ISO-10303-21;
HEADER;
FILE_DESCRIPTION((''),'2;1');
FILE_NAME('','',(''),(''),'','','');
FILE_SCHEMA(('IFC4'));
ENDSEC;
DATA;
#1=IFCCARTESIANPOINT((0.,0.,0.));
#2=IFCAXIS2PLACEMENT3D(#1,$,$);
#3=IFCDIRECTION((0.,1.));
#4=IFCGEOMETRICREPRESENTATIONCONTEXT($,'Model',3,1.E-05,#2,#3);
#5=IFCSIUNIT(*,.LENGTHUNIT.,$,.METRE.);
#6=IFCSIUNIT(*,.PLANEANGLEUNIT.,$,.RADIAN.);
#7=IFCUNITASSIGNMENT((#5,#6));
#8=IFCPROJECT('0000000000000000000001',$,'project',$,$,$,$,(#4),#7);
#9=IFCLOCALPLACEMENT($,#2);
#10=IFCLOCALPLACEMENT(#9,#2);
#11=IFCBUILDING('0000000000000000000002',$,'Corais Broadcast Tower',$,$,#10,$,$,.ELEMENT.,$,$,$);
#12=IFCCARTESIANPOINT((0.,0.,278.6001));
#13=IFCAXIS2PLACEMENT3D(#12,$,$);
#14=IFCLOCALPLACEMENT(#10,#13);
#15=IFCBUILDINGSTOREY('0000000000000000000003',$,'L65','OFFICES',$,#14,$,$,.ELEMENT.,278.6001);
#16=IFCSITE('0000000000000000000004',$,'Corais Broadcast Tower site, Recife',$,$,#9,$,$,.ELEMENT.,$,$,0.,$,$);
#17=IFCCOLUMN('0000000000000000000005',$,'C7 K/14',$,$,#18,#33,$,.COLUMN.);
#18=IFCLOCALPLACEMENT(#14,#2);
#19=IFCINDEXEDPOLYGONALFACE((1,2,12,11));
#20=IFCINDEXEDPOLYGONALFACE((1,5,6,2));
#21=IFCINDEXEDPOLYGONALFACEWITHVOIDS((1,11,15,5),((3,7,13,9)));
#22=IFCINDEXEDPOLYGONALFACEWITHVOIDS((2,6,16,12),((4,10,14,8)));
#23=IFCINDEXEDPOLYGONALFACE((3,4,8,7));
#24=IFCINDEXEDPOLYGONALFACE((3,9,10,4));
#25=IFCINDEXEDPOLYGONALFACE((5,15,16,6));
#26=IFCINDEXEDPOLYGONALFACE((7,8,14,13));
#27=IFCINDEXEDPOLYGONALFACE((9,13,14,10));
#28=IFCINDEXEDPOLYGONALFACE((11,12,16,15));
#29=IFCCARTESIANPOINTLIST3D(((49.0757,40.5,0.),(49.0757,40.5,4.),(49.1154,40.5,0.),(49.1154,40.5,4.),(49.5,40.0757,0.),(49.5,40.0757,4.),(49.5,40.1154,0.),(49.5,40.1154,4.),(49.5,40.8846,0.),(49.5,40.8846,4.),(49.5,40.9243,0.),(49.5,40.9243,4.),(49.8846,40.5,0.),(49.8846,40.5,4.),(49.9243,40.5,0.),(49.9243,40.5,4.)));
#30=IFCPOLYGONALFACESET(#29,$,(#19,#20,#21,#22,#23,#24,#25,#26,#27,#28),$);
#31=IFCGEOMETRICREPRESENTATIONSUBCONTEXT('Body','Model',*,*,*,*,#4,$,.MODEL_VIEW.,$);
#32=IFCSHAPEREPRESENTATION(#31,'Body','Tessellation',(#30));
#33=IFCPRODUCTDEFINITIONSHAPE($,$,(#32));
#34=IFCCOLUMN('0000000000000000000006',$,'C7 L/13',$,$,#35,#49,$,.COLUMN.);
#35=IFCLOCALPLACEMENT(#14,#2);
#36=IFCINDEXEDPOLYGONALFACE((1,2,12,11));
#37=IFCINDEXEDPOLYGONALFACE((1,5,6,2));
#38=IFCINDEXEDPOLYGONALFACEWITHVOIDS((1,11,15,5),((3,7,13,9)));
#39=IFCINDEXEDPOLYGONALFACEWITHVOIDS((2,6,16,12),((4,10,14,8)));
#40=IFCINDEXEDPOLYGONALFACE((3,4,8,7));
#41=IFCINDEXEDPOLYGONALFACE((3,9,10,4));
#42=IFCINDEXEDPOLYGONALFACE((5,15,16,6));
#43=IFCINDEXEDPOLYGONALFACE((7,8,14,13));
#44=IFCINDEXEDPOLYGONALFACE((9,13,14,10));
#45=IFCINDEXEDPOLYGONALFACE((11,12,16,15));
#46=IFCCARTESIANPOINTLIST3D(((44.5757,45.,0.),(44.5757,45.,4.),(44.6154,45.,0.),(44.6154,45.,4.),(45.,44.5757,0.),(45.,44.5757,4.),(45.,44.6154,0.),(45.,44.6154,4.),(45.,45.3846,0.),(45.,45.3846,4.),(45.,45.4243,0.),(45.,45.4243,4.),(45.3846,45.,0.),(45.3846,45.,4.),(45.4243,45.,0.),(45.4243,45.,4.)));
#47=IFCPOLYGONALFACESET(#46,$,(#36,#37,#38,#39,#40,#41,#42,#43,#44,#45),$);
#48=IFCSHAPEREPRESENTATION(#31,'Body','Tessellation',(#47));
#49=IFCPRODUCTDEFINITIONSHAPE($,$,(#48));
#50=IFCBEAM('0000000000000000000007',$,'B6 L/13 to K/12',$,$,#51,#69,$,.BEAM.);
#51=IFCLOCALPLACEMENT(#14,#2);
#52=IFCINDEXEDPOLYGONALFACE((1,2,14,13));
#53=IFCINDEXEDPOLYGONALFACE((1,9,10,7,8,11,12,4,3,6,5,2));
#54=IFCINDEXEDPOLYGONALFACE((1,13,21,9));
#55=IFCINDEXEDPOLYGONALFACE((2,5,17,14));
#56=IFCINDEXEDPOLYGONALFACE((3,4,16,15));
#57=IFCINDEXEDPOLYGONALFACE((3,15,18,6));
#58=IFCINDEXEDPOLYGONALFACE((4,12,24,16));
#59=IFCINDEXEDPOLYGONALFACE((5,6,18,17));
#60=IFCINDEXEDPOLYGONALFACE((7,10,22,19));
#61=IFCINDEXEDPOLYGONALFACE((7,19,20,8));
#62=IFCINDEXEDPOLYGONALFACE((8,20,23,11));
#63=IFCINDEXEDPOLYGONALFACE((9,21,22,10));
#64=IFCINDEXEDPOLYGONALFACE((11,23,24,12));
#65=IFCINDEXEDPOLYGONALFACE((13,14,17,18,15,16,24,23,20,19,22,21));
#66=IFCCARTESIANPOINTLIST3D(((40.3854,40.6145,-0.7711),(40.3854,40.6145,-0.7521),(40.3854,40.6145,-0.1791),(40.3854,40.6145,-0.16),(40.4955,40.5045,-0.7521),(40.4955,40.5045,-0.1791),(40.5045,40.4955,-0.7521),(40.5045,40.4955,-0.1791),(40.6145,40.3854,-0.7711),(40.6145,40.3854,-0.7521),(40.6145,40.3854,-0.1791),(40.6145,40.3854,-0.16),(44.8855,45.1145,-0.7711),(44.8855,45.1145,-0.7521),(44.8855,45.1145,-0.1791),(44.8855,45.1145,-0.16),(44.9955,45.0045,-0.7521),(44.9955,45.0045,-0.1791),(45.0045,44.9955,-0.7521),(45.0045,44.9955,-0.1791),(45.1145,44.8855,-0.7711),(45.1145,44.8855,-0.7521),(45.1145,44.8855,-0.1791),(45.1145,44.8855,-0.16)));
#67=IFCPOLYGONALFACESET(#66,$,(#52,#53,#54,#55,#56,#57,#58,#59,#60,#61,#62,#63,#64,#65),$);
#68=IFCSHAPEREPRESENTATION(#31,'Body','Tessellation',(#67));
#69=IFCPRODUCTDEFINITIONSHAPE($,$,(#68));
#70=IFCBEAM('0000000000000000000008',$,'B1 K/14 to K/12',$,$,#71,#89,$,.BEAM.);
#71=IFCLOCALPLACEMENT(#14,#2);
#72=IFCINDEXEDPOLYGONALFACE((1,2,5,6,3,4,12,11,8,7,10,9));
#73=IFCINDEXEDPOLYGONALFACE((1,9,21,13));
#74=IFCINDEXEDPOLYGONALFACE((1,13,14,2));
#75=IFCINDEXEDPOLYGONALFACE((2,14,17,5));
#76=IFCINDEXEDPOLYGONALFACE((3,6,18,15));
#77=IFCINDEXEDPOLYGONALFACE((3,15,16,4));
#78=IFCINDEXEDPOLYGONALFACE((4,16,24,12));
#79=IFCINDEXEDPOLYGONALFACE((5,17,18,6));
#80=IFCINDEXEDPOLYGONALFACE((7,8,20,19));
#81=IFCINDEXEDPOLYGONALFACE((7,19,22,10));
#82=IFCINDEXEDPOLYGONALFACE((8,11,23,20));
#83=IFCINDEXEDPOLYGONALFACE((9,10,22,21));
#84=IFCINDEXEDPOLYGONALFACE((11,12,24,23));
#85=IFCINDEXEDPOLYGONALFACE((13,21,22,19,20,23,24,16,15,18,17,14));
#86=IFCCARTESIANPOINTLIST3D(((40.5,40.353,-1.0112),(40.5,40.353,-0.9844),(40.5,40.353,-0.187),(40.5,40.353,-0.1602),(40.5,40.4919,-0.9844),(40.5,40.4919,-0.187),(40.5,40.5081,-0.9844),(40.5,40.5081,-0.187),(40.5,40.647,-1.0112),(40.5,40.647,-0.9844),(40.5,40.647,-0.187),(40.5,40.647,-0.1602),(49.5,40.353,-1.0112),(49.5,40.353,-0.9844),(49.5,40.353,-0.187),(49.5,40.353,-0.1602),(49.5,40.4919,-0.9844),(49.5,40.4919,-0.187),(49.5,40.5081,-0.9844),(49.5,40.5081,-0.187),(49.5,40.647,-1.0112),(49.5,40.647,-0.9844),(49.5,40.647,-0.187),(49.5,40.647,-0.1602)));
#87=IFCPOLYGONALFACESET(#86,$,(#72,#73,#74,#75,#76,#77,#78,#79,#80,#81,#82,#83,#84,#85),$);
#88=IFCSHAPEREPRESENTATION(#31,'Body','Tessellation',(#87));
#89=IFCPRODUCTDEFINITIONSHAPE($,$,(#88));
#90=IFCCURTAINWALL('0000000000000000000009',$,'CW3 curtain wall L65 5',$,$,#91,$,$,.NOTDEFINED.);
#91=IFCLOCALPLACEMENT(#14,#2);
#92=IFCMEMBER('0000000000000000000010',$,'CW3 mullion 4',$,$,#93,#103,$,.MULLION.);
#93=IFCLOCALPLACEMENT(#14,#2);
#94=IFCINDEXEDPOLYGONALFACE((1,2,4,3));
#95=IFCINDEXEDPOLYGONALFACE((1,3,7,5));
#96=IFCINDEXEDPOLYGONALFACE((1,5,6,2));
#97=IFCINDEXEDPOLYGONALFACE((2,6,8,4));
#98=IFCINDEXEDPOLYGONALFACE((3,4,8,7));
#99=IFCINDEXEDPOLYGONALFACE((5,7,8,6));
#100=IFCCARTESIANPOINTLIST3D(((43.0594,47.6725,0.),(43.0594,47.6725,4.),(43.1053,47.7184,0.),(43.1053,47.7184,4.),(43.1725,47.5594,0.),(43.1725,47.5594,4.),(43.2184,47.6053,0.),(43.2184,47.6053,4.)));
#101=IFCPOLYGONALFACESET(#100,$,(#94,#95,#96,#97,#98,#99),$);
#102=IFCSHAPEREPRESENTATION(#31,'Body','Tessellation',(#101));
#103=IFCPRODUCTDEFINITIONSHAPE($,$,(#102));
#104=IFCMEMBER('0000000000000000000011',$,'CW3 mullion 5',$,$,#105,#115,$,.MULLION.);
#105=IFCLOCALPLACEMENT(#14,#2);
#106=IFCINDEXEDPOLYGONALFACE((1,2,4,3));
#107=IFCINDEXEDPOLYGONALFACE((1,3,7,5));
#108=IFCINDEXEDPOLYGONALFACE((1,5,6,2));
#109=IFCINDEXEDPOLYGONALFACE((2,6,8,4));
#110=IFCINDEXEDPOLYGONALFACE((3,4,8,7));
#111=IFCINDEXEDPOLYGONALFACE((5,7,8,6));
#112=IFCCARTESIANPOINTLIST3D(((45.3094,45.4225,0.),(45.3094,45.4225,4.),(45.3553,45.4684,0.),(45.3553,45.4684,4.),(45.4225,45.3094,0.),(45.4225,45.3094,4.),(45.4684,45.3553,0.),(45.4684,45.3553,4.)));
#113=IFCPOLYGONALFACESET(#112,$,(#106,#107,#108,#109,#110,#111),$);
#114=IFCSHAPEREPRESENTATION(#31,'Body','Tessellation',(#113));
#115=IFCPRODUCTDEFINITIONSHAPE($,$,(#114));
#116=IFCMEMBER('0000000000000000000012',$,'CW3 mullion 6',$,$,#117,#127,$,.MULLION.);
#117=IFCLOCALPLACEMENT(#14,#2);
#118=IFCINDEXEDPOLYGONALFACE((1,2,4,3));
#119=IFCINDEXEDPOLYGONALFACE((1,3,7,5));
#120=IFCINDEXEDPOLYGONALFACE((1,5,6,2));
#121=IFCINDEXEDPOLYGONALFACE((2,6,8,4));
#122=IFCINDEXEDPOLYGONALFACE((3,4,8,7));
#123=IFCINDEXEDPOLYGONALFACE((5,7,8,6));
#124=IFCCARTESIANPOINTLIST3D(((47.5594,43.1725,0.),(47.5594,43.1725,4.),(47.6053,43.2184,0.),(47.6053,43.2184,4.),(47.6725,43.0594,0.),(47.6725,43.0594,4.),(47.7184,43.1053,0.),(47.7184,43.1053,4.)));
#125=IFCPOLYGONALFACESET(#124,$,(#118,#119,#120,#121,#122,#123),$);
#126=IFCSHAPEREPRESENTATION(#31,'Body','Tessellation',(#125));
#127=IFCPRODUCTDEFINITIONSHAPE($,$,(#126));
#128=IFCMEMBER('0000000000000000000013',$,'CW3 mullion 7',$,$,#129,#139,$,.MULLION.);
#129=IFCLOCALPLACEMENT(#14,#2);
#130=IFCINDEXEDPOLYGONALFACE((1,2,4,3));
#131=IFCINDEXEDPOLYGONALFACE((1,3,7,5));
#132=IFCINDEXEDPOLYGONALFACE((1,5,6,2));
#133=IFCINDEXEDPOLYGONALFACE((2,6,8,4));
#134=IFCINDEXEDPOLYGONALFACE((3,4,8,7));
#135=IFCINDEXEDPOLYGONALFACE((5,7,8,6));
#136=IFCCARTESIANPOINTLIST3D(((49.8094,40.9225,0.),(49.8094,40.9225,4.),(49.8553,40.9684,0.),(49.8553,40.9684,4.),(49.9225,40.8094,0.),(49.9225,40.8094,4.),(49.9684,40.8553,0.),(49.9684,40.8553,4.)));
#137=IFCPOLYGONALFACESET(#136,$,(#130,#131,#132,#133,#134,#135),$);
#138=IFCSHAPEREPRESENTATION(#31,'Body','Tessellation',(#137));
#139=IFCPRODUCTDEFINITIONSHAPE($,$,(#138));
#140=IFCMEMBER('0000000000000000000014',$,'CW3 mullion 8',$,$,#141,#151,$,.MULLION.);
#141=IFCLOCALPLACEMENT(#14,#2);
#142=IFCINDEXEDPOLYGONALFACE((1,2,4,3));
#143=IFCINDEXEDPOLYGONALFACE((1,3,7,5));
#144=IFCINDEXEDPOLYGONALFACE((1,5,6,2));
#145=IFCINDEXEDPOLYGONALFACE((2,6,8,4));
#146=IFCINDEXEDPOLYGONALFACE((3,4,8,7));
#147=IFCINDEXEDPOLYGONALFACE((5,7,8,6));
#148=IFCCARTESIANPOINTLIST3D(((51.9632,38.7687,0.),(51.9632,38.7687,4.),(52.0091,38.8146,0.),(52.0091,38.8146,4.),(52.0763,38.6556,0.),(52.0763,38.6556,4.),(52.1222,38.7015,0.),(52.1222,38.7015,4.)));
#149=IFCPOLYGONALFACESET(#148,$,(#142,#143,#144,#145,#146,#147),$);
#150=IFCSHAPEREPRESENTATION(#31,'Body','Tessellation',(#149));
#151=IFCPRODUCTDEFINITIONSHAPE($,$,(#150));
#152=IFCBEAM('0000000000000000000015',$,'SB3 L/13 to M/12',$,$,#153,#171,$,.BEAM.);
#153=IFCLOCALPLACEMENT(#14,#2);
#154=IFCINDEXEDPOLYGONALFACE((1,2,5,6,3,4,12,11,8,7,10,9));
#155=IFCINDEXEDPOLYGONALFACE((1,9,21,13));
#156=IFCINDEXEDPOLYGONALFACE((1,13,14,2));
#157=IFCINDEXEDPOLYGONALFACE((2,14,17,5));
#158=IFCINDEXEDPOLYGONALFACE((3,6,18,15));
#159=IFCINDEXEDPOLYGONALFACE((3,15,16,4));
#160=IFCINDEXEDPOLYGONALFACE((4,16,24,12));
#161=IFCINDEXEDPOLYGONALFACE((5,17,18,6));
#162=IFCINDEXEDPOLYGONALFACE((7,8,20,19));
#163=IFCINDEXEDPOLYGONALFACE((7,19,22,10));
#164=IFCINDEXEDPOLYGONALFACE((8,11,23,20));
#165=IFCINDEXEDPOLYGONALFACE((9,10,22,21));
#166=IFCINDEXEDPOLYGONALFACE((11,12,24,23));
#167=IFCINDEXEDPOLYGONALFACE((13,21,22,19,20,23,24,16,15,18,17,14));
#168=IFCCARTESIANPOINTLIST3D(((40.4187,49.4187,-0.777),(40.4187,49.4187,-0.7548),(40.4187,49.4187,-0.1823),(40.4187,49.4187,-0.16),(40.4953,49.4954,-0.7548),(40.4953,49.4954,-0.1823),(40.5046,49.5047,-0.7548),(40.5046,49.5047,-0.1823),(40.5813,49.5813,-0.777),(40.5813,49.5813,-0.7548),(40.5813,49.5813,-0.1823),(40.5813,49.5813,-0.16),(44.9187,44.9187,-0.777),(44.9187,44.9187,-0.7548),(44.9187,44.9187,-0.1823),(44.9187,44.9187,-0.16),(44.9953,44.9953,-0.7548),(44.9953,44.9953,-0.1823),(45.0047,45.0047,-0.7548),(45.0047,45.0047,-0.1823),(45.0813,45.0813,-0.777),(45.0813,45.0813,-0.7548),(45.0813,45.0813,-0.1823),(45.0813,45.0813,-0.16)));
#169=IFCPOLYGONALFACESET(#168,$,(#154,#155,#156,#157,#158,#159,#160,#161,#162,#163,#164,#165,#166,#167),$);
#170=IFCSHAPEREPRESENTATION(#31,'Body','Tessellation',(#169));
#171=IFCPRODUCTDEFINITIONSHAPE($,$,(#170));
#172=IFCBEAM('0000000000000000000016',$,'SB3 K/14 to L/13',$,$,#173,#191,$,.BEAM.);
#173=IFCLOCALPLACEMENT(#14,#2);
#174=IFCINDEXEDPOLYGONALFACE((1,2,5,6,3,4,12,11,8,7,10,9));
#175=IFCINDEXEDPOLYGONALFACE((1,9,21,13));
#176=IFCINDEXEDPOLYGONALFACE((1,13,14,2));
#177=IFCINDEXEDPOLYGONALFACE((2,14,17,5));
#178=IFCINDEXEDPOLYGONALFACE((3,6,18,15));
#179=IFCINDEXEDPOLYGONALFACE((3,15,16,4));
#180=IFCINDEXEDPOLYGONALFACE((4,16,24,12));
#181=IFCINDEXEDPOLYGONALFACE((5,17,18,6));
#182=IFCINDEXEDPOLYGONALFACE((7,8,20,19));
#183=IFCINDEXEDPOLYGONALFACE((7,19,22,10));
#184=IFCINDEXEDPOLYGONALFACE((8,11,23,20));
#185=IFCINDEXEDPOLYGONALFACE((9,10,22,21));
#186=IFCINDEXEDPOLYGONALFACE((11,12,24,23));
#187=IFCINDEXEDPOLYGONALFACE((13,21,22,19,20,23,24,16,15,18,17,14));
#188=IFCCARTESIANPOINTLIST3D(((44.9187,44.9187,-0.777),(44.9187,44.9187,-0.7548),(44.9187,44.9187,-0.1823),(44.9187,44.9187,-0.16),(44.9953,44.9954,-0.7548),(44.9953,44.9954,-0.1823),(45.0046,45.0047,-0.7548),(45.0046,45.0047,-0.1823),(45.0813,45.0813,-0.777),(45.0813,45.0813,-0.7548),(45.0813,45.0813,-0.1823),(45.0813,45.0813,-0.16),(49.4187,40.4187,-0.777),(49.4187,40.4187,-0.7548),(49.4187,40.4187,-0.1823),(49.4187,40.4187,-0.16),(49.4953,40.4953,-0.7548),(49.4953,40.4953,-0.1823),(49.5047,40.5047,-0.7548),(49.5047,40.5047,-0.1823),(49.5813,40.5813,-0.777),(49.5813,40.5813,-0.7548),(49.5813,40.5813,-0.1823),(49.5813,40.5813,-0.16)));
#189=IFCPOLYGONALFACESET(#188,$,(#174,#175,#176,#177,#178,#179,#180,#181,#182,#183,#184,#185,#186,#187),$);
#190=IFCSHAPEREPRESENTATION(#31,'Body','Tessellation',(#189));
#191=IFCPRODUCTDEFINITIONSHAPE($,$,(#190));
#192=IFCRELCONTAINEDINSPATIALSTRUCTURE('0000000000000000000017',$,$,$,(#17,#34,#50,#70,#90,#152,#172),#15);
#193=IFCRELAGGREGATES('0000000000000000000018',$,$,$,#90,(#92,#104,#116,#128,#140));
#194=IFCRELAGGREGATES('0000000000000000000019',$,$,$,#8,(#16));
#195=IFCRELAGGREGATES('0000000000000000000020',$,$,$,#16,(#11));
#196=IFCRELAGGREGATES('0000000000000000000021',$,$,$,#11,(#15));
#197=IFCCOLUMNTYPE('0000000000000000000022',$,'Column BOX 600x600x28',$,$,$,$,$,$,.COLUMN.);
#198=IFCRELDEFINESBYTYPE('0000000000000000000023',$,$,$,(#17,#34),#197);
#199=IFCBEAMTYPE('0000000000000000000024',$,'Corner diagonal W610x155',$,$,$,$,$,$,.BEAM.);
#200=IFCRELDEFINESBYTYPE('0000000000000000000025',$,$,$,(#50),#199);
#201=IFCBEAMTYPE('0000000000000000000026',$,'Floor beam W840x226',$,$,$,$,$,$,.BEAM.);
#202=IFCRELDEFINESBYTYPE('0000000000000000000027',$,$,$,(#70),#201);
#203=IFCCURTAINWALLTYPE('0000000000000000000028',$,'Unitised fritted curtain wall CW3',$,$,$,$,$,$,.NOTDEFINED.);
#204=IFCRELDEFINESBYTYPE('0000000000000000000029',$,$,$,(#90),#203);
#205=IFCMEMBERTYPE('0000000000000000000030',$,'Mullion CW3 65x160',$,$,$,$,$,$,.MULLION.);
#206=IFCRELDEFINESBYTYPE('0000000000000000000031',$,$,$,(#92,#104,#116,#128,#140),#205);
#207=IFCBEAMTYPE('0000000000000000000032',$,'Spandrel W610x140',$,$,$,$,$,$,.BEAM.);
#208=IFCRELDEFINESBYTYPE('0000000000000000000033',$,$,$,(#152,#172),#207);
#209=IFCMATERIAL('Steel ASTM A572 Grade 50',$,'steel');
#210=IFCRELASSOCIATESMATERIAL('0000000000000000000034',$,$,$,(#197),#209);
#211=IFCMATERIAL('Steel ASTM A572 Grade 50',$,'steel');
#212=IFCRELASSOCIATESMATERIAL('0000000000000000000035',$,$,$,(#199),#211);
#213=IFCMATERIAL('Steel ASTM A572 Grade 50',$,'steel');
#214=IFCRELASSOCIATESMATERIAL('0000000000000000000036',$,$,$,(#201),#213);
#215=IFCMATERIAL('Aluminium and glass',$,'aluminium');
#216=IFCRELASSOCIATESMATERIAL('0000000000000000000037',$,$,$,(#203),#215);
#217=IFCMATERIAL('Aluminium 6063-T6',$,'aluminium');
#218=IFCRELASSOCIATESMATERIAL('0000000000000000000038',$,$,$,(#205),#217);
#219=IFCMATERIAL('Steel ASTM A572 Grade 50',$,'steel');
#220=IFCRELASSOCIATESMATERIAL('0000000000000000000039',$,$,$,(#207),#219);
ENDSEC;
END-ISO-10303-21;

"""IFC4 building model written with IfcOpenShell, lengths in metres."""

from ifc_helpers import new_model, si_unit, direction, frame, origin, origin_2d, place, context, subcontext, project, spatial, rectangle, hollow_rectangle, i_section, extrude, material, material_profile, profile_set, type_object, element, aggregate, save


model = new_model("IFC4")

# Units and contexts
model_context = context("Model", 3, precision=1e-05, world=origin(), true_north=direction((0.0, 1.0)))
body_context = subcontext(model_context, "Body", "Model", "MODEL_VIEW")
ifc_project = project(units=[si_unit("LENGTHUNIT", "METRE"), si_unit("PLANEANGLEUNIT", "RADIAN")], contexts=[model_context])

# Site, building, storey
site_placement = place(None, origin())
site = spatial("IfcSite", under=ifc_project, at=site_placement, Name="Corais Broadcast Tower site, Recife", CompositionType="ELEMENT", RefElevation=0.0)
building_placement = place(site_placement, origin())
building = spatial("IfcBuilding", under=site, at=building_placement, Name="Corais Broadcast Tower", CompositionType="ELEMENT")
storey_placement = place(building_placement, frame((0.0, 0.0, 278.6001)))
storey = spatial("IfcBuildingStorey", under=building, at=storey_placement, Name="L65", Description="OFFICES", CompositionType="ELEMENT", Elevation=278.6001)

# Columns
ifc_material_1 = material(Name="Steel ASTM A572 Grade 50", Category="steel")
ifc_material_profile_1 = material_profile(ifc_material_1, hollow_rectangle(XDim=0.6001, YDim=0.6001, WallThickness=0.0281, at=origin_2d()), Name="BOX 600x600x28")
ifc_profile_set_1 = profile_set([ifc_material_profile_1], Name="Steel ASTM A572 Grade 50")
column_type = type_object("IfcColumnType", Name="Column BOX 600x600x28", PredefinedType="COLUMN", material=ifc_profile_set_1)
for number, where, z_axis, x_axis, name in (
    (1, (49.5, 40.5, 0.0), (0.0, 0.0, 1.0), (0.707107, 0.707107, 0.0), "C7 K/14"),
    (2, (45.0, 45.0, 0.0), (0.0, 0.0, 1.0), (0.707107, 0.707107, 0.0), "C7 L/13"),
):
    element("IfcColumn", number, at=place(storey_placement, frame(where, z_axis=z_axis, x_axis=x_axis)), inside=storey, type_object=column_type, Name=name, PredefinedType="COLUMN", context=body_context, shape_type="SweptSolid", body=[
        extrude(hollow_rectangle(XDim=0.6001, YDim=0.6001, WallThickness=0.0281, at=origin_2d()), origin(), (0.0, 0.0, 1.0), 4.0),
    ])

# Beams
ifc_material_2 = material(Name="Steel ASTM A572 Grade 50", Category="steel")
ifc_material_profile_2 = material_profile(ifc_material_2, i_section(OverallWidth=0.324, OverallDepth=0.6111, WebThickness=0.0127, FlangeThickness=0.019, at=origin_2d()), Name="W610x155")
ifc_profile_set_2 = profile_set([ifc_material_profile_2], Name="Steel ASTM A572 Grade 50")
beam_type_1 = type_object("IfcBeamType", Name="Corner diagonal W610x155", PredefinedType="BEAM", material=ifc_profile_set_2)
beam_1_placement = place(storey_placement, frame((45.0, 45.0, -0.4656), z_axis=(-0.707107, -0.707107, 0.0), x_axis=(0.707107, -0.707107, 0.0)))
element("IfcBeam", 3, at=beam_1_placement, inside=storey, type_object=beam_type_1, Name="B6 L/13 to K/12", PredefinedType="BEAM", context=body_context, shape_type="SweptSolid", body=[
    extrude(i_section(OverallWidth=0.324, OverallDepth=0.6111, WebThickness=0.0127, FlangeThickness=0.019, at=origin_2d()), origin(), (0.0, 0.0, 1.0), 6.364),
])
ifc_material_3 = material(Name="Steel ASTM A572 Grade 50", Category="steel")
ifc_material_profile_3 = material_profile(ifc_material_3, i_section(OverallWidth=0.2939, OverallDepth=0.8511, WebThickness=0.0161, FlangeThickness=0.0269, at=origin_2d()), Name="W840x226")
ifc_profile_set_3 = profile_set([ifc_material_profile_3], Name="Steel ASTM A572 Grade 50")
beam_type_2 = type_object("IfcBeamType", Name="Floor beam W840x226", PredefinedType="BEAM", material=ifc_profile_set_3)
beam_2_placement = place(storey_placement, frame((49.5, 40.5, -0.5857), z_axis=(-1.0, 0.0, 0.0), x_axis=(0.0, -1.0, 0.0)))
element("IfcBeam", 4, at=beam_2_placement, inside=storey, type_object=beam_type_2, Name="B1 K/14 to K/12", PredefinedType="BEAM", context=body_context, shape_type="SweptSolid", body=[
    extrude(i_section(OverallWidth=0.2939, OverallDepth=0.8511, WebThickness=0.0161, FlangeThickness=0.0269, at=origin_2d()), origin(), (0.0, 0.0, 1.0), 9.0),
])

# Curtain wall, members
ifc_material_4 = material(Name="Aluminium and glass", Category="aluminium")
curtain_wall_type = type_object("IfcCurtainWallType", Name="Unitised fritted curtain wall CW3", PredefinedType="NOTDEFINED", material=ifc_material_4)
curtain_wall_placement = place(storey_placement, origin())
curtain_wall = element("IfcCurtainWall", 5, at=curtain_wall_placement, inside=storey, type_object=curtain_wall_type, Name="CW3 curtain wall L65 5", PredefinedType="NOTDEFINED")
ifc_material_5 = material(Name="Aluminium 6063-T6", Category="aluminium")
ifc_material_profile_4 = material_profile(ifc_material_5, rectangle(XDim=0.0649, YDim=0.1599, at=origin_2d()), Name="Mullion CW3 65x160")
ifc_profile_set_4 = profile_set([ifc_material_profile_4], Name="Aluminium 6063-T6")
member_type_1 = type_object("IfcMemberType", Name="Mullion CW3 65x160", PredefinedType="MULLION", material=ifc_profile_set_4)
member_1_placement = place(storey_placement, frame((43.1389, 47.6389, 0.0), z_axis=(0.0, 0.0, 1.0), x_axis=(0.707107, 0.707107, 0.0)))
member_1 = element("IfcMember", 6, at=member_1_placement, type_object=member_type_1, Name="CW3 mullion 4", PredefinedType="MULLION", context=body_context, shape_type="SweptSolid", body=[
    extrude(rectangle(XDim=0.0649, YDim=0.1599, at=origin_2d()), origin(), (0.0, 0.0, 1.0), 4.0),
])
member_2_placement = place(storey_placement, frame((45.3889, 45.3889, 0.0), z_axis=(0.0, 0.0, 1.0), x_axis=(0.707107, 0.707107, 0.0)))
member_2 = element("IfcMember", 7, at=member_2_placement, type_object=member_type_1, Name="CW3 mullion 5", PredefinedType="MULLION", context=body_context, shape_type="SweptSolid", body=[
    extrude(rectangle(XDim=0.0649, YDim=0.1599, at=origin_2d()), origin(), (0.0, 0.0, 1.0), 4.0),
])
member_3_placement = place(storey_placement, frame((47.6389, 43.1389, 0.0), z_axis=(0.0, 0.0, 1.0), x_axis=(0.707107, 0.707107, 0.0)))
member_3 = element("IfcMember", 8, at=member_3_placement, type_object=member_type_1, Name="CW3 mullion 6", PredefinedType="MULLION", context=body_context, shape_type="SweptSolid", body=[
    extrude(rectangle(XDim=0.0649, YDim=0.1599, at=origin_2d()), origin(), (0.0, 0.0, 1.0), 4.0),
])
member_4_placement = place(storey_placement, frame((49.8889, 40.8889, 0.0), z_axis=(0.0, 0.0, 1.0), x_axis=(0.707107, 0.707107, 0.0)))
member_4 = element("IfcMember", 9, at=member_4_placement, type_object=member_type_1, Name="CW3 mullion 7", PredefinedType="MULLION", context=body_context, shape_type="SweptSolid", body=[
    extrude(rectangle(XDim=0.0649, YDim=0.1599, at=origin_2d()), origin(), (0.0, 0.0, 1.0), 4.0),
])
member_5_placement = place(storey_placement, frame((52.0427, 38.7351, 0.0), z_axis=(0.0, 0.0, 1.0), x_axis=(0.707107, 0.707107, 0.0)))
member_5 = element("IfcMember", 10, at=member_5_placement, type_object=member_type_1, Name="CW3 mullion 8", PredefinedType="MULLION", context=body_context, shape_type="SweptSolid", body=[
    extrude(rectangle(XDim=0.0649, YDim=0.1599, at=origin_2d()), origin(), (0.0, 0.0, 1.0), 4.0),
])

# Beams
ifc_material_6 = material(Name="Steel ASTM A572 Grade 50", Category="steel")
ifc_material_profile_5 = material_profile(ifc_material_6, i_section(OverallWidth=0.23, OverallDepth=0.6169, WebThickness=0.0132, FlangeThickness=0.0222, at=origin_2d()), Name="W610x140")
ifc_profile_set_5 = profile_set([ifc_material_profile_5], Name="Steel ASTM A572 Grade 50")
beam_type_3 = type_object("IfcBeamType", Name="Spandrel W610x140", PredefinedType="BEAM", material=ifc_profile_set_5)
for number, where, z_axis, x_axis, name in (
    (11, (45.0, 45.0, -0.4685), (-0.707107, 0.707107, 0.0), (-0.707107, -0.707107, 0.0), "SB3 L/13 to M/12"),
    (12, (49.5, 40.5, -0.4685), (-0.707107, 0.707107, 0.0), (-0.707107, -0.707107, 0.0), "SB3 K/14 to L/13"),
):
    element("IfcBeam", number, at=place(storey_placement, frame(where, z_axis=z_axis, x_axis=x_axis)), inside=storey, type_object=beam_type_3, Name=name, PredefinedType="BEAM", context=body_context, shape_type="SweptSolid", body=[
        extrude(i_section(OverallWidth=0.23, OverallDepth=0.6169, WebThickness=0.0132, FlangeThickness=0.0222, at=origin_2d()), origin(), (0.0, 0.0, 1.0), 6.364),
    ])

aggregate(curtain_wall, [member_1, member_2, member_3, member_4, member_5])

save(model, "model.ifc")
